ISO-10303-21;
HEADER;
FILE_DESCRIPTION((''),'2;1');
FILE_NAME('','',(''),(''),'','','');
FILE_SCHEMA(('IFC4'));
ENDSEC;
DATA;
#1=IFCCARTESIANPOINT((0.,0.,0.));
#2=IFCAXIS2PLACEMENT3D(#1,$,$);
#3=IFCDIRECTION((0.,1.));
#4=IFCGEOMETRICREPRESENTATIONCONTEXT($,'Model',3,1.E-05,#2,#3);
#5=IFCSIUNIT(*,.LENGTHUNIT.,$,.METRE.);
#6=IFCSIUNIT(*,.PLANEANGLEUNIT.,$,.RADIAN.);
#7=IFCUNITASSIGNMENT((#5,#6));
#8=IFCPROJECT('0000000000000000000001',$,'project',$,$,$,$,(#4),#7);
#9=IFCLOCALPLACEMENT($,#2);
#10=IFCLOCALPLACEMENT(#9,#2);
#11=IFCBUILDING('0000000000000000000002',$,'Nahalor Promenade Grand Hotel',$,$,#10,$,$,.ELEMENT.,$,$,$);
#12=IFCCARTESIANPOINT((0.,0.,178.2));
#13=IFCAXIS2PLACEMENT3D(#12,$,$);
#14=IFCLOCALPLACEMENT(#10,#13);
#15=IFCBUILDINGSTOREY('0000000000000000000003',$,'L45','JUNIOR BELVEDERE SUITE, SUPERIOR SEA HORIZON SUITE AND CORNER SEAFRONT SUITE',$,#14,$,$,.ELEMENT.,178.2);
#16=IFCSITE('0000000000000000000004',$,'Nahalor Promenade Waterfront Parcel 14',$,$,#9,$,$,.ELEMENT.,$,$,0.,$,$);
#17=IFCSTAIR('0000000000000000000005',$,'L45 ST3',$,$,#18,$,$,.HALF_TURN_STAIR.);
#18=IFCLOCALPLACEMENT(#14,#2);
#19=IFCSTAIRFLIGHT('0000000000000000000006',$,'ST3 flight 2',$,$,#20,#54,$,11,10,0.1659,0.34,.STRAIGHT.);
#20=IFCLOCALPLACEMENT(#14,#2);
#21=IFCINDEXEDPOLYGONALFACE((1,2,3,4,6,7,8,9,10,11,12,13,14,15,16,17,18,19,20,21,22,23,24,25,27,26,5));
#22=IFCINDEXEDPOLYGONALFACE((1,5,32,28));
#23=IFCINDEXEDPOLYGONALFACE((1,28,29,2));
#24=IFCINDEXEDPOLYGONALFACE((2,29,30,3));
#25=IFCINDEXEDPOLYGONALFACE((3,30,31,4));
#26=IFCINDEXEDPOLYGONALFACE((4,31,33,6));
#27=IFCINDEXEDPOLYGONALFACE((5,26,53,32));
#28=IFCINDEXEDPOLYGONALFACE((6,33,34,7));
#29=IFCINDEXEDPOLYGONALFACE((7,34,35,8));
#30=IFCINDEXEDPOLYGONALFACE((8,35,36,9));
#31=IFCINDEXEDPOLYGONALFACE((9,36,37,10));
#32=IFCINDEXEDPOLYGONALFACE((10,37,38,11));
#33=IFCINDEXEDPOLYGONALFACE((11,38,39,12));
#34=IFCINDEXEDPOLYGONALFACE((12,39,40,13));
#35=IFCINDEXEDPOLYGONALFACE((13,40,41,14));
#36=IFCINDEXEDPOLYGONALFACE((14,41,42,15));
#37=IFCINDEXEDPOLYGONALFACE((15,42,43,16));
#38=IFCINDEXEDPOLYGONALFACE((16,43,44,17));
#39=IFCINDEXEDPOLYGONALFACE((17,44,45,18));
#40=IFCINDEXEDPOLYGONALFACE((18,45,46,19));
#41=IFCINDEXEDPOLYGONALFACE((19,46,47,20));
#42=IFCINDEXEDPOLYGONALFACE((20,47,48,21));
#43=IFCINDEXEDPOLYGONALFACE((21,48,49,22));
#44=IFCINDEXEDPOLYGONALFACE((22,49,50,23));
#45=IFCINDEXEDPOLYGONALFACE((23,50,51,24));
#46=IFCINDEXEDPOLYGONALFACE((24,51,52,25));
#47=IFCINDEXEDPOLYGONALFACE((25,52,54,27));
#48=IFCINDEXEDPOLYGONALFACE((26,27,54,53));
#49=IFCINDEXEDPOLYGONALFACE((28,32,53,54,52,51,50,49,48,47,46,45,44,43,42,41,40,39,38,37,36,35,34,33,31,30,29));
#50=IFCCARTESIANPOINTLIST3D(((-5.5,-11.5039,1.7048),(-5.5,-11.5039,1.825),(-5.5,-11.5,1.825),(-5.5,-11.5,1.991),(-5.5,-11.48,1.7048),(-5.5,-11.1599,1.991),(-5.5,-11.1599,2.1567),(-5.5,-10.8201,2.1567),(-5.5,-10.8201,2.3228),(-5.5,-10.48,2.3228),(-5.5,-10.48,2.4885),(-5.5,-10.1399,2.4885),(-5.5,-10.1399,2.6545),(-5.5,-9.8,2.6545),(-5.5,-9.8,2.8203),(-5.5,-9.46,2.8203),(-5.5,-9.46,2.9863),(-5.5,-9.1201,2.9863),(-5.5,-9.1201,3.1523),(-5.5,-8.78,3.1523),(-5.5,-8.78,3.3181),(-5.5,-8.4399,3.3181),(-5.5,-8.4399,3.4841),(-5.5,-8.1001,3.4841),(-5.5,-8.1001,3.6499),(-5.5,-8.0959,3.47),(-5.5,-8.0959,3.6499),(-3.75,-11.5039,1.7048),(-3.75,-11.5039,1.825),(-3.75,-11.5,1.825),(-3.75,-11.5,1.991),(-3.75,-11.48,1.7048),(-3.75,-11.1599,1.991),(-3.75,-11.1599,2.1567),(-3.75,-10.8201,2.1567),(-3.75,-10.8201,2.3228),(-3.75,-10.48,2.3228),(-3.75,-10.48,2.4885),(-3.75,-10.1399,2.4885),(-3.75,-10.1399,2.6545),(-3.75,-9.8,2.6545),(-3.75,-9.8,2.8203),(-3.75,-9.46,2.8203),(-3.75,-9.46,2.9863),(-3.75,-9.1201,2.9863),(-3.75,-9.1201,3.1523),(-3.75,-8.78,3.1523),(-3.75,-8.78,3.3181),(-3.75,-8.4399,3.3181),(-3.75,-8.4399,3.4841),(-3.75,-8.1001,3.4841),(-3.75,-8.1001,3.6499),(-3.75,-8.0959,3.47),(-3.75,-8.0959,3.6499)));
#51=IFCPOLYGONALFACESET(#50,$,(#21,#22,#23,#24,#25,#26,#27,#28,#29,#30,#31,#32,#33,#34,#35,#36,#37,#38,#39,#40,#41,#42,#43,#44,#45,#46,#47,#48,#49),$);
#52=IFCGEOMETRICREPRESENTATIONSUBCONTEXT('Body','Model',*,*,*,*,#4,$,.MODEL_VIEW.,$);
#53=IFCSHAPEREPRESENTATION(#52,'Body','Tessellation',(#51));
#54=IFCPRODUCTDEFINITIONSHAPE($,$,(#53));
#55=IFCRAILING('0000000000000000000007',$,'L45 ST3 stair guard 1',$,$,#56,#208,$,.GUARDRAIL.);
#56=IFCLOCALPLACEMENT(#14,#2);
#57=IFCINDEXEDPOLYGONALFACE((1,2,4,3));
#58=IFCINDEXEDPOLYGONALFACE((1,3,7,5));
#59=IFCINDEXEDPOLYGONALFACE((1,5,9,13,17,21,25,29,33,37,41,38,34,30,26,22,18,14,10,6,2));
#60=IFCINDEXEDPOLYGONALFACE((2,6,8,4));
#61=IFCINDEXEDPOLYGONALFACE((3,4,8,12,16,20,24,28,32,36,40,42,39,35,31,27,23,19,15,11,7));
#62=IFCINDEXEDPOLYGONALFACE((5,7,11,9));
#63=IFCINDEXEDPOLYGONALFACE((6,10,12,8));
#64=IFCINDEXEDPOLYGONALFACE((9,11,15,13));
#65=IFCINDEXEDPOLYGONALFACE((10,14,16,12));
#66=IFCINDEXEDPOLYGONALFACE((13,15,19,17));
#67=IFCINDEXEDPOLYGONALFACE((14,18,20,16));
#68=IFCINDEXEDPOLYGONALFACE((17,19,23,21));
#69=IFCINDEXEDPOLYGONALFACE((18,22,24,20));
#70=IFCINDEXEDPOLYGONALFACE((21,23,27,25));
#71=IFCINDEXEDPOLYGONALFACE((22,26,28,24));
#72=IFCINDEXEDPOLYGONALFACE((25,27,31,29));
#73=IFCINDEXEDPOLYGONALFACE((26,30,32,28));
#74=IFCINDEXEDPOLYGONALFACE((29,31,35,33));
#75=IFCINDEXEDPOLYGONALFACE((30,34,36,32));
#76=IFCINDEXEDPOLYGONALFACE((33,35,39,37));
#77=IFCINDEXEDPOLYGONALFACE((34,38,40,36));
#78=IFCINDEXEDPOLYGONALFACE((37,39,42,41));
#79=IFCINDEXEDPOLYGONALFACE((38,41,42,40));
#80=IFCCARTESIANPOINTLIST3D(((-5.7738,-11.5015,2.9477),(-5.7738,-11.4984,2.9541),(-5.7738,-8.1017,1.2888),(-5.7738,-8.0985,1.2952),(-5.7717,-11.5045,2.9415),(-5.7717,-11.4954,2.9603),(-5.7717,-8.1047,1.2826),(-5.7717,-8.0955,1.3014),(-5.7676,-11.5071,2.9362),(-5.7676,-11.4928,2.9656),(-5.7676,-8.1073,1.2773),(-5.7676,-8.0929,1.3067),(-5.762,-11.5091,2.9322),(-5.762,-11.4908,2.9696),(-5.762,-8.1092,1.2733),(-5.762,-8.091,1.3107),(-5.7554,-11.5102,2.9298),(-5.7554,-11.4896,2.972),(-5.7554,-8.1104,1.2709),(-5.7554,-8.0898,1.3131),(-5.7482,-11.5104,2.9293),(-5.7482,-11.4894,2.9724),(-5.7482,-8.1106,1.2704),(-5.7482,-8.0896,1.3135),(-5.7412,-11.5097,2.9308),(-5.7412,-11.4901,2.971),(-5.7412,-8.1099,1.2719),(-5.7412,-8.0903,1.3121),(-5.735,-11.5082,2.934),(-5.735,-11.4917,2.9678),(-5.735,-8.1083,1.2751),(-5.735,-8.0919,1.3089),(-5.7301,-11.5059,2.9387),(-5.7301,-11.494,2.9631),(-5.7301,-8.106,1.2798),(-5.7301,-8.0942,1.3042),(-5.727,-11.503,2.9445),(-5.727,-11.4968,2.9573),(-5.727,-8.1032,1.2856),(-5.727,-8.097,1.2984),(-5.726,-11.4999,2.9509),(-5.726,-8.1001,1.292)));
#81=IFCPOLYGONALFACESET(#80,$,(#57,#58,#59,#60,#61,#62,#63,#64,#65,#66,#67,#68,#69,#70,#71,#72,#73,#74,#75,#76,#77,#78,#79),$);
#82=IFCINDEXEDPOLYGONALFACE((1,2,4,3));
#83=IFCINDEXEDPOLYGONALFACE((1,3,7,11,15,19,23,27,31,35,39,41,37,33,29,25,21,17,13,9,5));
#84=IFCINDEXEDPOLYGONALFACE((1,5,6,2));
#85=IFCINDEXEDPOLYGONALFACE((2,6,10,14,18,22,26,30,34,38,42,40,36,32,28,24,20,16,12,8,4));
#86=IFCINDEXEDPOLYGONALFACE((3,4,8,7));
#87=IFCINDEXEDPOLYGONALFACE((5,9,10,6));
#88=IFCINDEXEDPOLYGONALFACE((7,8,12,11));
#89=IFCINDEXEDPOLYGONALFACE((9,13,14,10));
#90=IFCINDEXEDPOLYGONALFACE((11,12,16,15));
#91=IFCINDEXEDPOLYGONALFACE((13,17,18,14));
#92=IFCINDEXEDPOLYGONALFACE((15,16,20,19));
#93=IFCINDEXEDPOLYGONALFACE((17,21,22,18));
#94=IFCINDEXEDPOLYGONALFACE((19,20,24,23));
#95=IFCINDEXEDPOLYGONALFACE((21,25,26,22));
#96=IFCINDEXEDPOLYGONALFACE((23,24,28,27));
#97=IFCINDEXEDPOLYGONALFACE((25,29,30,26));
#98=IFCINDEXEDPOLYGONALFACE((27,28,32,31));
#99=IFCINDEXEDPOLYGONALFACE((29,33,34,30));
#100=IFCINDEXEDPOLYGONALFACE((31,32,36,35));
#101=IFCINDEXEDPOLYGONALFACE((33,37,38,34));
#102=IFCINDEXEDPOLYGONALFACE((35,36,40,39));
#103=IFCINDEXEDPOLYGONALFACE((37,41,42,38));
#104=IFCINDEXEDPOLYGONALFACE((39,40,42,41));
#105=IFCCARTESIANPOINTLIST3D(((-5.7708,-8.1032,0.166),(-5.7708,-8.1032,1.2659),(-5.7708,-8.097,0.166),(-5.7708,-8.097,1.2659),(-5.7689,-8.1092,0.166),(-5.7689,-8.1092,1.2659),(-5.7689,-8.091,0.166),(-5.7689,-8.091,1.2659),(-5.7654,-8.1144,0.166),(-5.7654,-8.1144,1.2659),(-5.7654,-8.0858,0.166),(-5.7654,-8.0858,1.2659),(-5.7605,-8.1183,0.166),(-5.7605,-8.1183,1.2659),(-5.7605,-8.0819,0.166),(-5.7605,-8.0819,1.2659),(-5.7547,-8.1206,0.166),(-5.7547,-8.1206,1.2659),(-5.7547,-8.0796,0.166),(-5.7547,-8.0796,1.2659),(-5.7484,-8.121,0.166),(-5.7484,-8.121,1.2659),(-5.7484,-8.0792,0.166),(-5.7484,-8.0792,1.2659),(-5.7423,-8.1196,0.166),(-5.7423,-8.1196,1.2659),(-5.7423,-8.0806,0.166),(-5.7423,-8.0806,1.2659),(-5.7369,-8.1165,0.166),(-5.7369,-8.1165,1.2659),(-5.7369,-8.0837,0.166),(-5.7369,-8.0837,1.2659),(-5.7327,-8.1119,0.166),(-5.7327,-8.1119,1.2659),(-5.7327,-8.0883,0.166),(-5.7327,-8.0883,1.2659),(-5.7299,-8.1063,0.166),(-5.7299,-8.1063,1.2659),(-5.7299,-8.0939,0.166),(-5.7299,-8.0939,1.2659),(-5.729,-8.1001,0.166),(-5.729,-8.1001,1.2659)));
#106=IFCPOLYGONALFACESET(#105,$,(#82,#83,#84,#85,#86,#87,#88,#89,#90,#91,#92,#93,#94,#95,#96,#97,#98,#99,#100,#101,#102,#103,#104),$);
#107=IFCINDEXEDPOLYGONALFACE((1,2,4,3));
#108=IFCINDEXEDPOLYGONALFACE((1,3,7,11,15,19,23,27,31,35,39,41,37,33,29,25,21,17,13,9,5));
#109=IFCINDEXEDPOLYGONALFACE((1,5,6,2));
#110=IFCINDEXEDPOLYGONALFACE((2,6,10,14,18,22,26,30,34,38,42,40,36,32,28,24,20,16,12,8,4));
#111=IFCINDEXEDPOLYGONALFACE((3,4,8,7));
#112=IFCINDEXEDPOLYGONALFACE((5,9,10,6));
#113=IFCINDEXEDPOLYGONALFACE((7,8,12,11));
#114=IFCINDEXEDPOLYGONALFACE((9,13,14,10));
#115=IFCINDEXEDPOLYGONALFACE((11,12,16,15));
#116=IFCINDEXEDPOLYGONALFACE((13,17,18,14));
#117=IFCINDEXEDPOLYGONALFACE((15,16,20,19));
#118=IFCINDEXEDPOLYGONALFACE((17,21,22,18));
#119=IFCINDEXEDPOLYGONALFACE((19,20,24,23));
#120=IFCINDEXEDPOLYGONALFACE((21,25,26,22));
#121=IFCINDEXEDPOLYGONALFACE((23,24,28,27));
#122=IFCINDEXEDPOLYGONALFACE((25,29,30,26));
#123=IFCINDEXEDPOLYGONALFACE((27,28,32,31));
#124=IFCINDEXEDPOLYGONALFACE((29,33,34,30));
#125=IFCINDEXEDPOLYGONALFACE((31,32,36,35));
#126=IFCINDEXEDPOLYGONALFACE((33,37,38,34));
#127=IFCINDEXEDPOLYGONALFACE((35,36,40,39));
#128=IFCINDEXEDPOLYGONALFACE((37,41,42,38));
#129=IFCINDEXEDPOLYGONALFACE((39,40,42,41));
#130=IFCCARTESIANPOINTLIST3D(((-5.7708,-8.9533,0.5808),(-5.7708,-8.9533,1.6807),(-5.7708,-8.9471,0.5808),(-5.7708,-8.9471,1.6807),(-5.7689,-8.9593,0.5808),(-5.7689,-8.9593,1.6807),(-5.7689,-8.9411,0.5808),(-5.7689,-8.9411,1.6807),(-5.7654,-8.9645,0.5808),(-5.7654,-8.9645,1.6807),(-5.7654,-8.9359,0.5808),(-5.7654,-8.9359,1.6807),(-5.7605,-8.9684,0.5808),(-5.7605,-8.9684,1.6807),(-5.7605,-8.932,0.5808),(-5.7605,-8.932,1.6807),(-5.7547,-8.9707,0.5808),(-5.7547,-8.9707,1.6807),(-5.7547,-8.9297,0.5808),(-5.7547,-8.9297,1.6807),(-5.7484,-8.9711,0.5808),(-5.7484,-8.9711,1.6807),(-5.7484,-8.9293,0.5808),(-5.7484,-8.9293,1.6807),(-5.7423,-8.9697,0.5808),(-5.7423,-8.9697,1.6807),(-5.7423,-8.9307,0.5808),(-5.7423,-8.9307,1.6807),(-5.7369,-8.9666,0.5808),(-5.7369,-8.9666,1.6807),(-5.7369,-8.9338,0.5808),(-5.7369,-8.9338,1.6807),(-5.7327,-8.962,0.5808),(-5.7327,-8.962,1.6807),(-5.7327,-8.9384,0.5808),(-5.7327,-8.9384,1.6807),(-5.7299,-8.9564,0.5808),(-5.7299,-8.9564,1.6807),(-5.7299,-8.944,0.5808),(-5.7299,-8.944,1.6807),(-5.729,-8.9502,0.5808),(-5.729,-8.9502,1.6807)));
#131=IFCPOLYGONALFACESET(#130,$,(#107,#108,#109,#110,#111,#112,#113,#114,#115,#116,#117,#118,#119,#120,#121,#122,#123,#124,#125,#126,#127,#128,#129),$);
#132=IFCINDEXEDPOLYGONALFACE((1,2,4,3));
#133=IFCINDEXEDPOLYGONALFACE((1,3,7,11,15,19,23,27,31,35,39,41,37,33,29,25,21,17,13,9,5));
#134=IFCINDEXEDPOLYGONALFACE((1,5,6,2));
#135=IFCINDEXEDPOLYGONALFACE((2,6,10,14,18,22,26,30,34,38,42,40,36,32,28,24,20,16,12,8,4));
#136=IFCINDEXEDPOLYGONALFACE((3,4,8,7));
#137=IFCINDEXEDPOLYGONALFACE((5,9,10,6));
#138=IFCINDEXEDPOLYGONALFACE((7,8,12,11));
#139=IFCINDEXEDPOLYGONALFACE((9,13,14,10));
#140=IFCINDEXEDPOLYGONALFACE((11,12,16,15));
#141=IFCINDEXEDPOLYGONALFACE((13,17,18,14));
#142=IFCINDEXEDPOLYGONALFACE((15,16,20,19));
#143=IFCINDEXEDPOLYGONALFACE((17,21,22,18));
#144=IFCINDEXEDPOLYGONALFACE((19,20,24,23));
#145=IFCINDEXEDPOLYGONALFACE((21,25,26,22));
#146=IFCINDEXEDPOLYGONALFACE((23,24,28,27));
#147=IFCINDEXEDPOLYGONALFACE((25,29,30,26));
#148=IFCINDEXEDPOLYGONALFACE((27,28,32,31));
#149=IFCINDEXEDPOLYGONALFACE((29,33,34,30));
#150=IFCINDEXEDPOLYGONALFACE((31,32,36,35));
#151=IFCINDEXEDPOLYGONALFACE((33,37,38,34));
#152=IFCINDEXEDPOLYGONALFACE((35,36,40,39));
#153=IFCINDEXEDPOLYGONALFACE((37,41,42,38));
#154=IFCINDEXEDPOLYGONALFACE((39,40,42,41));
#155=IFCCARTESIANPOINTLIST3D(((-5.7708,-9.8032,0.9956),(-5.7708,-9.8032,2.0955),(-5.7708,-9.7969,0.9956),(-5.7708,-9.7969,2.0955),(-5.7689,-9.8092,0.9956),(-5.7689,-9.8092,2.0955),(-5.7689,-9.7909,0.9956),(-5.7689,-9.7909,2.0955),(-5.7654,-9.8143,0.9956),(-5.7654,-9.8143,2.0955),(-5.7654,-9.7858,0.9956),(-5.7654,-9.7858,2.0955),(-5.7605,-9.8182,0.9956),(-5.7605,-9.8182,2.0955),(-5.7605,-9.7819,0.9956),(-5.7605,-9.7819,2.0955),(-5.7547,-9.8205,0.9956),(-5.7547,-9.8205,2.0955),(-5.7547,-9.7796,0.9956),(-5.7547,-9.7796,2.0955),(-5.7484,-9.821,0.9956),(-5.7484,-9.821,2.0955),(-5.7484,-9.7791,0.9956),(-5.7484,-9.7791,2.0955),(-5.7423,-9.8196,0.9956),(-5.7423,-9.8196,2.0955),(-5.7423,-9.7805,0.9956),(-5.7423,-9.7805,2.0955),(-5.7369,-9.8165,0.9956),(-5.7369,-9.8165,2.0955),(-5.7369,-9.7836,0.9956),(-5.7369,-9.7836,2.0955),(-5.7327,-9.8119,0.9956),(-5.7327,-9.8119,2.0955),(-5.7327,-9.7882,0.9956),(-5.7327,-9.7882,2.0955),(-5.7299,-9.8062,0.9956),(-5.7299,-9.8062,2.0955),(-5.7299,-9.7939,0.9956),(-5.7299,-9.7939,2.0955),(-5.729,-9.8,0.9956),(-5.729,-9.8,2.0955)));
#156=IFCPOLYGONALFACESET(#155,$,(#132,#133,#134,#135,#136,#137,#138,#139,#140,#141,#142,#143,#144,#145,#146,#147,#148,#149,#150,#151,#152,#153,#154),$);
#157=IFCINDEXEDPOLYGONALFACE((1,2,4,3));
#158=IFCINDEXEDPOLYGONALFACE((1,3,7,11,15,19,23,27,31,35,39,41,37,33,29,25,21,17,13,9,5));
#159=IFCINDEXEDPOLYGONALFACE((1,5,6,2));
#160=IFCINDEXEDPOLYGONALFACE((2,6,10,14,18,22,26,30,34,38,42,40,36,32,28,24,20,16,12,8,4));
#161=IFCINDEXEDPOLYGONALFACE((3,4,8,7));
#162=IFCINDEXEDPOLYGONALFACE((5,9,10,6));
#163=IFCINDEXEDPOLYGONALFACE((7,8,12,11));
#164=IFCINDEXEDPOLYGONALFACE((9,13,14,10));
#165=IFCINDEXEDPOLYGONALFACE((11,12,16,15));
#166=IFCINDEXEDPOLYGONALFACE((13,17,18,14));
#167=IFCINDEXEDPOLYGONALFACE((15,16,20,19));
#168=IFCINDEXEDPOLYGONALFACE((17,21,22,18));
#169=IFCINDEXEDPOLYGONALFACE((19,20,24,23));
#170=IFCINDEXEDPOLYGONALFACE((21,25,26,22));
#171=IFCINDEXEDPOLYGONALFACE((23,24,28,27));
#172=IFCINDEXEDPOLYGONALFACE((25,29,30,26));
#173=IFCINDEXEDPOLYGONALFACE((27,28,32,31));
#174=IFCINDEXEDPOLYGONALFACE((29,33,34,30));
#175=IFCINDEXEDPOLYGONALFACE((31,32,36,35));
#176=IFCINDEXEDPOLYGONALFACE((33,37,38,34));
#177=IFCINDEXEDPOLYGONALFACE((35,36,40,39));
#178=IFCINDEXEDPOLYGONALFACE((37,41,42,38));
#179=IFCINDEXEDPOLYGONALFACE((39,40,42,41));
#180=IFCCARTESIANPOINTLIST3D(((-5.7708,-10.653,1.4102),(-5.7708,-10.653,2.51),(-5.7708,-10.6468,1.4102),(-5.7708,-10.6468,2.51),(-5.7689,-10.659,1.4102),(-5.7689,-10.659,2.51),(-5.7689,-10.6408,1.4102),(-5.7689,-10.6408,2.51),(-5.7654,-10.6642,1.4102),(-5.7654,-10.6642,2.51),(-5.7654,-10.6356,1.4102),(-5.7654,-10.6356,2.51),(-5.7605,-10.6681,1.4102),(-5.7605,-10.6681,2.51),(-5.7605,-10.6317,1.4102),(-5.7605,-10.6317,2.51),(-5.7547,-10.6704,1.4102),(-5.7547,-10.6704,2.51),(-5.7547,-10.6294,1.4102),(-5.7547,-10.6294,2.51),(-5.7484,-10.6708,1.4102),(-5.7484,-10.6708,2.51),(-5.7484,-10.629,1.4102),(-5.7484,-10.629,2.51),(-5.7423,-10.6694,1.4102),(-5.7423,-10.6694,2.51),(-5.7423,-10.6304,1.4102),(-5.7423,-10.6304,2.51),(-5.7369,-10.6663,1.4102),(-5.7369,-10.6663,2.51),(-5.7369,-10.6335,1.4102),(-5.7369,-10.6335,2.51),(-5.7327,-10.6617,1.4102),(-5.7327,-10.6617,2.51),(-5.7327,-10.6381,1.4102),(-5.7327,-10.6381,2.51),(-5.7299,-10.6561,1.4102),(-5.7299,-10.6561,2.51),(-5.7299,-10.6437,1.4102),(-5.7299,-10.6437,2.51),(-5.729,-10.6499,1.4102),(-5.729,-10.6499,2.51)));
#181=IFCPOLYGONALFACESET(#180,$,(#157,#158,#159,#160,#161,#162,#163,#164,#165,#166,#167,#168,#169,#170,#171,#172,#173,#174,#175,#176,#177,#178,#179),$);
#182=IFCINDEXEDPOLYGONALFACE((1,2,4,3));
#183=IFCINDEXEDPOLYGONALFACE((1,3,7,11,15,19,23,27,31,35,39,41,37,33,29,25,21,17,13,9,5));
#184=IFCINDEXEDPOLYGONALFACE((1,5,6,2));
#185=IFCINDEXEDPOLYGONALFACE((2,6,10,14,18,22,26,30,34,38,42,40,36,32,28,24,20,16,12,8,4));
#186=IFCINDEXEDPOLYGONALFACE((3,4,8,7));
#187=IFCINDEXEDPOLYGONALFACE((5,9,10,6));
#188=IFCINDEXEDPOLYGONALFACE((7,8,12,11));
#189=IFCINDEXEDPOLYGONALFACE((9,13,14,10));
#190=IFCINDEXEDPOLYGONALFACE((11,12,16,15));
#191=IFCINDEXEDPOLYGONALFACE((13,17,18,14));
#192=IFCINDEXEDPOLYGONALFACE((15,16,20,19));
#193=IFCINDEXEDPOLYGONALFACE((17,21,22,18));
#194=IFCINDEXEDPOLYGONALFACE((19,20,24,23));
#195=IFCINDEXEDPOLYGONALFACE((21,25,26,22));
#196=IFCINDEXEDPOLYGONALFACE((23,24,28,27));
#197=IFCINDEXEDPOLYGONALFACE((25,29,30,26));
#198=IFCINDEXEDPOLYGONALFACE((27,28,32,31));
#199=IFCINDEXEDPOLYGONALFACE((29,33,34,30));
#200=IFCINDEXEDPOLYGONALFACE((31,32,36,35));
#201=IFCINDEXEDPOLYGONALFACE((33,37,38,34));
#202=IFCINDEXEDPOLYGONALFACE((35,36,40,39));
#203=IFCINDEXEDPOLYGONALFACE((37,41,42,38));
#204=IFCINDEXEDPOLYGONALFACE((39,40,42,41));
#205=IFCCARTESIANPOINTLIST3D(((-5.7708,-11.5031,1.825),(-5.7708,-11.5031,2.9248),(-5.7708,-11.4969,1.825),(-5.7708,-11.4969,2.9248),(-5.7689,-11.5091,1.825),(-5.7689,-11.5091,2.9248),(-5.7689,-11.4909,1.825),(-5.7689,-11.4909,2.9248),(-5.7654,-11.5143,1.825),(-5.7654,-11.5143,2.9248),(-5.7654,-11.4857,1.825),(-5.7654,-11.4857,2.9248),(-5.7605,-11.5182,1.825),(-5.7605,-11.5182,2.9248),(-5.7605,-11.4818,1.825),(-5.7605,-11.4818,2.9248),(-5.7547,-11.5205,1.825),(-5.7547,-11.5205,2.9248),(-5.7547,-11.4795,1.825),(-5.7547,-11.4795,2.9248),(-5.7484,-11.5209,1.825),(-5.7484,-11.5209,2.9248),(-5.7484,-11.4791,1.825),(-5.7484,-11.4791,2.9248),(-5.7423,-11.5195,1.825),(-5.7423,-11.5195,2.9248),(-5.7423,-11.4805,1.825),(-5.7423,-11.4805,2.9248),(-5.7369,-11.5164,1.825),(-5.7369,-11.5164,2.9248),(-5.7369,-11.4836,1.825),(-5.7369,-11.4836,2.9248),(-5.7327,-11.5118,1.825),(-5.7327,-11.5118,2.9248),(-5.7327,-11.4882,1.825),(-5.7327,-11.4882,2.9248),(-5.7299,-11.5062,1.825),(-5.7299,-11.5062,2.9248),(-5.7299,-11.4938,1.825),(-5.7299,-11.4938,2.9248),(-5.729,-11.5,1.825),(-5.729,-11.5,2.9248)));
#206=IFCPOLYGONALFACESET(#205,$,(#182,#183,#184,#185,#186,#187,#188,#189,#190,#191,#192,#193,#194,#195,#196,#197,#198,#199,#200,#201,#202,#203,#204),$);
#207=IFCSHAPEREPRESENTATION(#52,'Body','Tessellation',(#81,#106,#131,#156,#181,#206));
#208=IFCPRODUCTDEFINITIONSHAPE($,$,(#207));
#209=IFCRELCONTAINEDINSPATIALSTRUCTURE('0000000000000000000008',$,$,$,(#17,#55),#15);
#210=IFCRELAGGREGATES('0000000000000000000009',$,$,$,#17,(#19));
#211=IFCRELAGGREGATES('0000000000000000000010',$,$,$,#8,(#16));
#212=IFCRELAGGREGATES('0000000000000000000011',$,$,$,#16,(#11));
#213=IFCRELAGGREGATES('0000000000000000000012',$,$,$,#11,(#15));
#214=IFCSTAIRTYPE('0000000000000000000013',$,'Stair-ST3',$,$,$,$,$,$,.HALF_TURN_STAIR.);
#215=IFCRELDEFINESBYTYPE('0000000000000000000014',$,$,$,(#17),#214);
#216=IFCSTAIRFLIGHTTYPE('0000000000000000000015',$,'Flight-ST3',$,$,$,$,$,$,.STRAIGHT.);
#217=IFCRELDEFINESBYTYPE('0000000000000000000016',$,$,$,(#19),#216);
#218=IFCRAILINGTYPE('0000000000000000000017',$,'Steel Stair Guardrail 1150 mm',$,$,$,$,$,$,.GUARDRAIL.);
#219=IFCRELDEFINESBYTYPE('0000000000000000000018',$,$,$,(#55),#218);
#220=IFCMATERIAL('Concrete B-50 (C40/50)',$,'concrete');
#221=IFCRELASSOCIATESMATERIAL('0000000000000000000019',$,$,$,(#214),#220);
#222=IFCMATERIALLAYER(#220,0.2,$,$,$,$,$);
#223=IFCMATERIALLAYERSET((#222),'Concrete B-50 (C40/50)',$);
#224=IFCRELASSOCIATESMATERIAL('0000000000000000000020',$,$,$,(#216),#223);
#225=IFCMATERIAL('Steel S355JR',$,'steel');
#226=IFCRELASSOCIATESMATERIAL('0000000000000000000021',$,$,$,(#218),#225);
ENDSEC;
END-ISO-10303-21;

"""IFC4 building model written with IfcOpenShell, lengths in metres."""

from ifc_helpers import new_model, si_unit, direction, frame, origin, origin_2d, place, context, subcontext, project, spatial, polyline, circle, outline, extrude, source, transform, mapped, material, layer, layer_set, type_object, element, aggregate, save


model = new_model("IFC4")

# Units and contexts
model_context = context("Model", 3, precision=1e-05, world=origin(), true_north=direction((0.0, 1.0)))
body_context = subcontext(model_context, "Body", "Model", "MODEL_VIEW")
ifc_project = project(units=[si_unit("LENGTHUNIT", "METRE"), si_unit("PLANEANGLEUNIT", "RADIAN")], contexts=[model_context])

# Site, building, storey
site_placement = place(None, origin())
site = spatial("IfcSite", under=ifc_project, at=site_placement, Name="Nahalor Promenade Waterfront Parcel 14", CompositionType="ELEMENT", RefElevation=0.0)
building_placement = place(site_placement, origin())
building = spatial("IfcBuilding", under=site, at=building_placement, Name="Nahalor Promenade Grand Hotel", CompositionType="ELEMENT")
storey_placement = place(building_placement, frame((0.0, 0.0, 178.2)))
storey = spatial("IfcBuildingStorey", under=building, at=storey_placement, Name="L45", Description="JUNIOR BELVEDERE SUITE, SUPERIOR SEA HORIZON SUITE AND CORNER SEAFRONT SUITE", CompositionType="ELEMENT", Elevation=178.2)

# Shared definitions
ifc_material_1 = material(Name="Steel S355JR", Category="steel")

# Shared definitions
ifc_material_2 = material(Name="Concrete B-50 (C40/50)", Category="concrete")

# Stair, stair flight
stair_type = type_object("IfcStairType", Name="Stair-ST3", PredefinedType="HALF_TURN_STAIR", material=ifc_material_2)
stair_placement = place(storey_placement, origin())
stair = element("IfcStair", 1, at=stair_placement, inside=storey, type_object=stair_type, Name="L45 ST3", PredefinedType="HALF_TURN_STAIR")
ifc_layer_1 = layer(ifc_material_2, 0.2)
ifc_layer_set_1 = layer_set([ifc_layer_1], Name="Concrete B-50 (C40/50)")
stair_flight_type = type_object("IfcStairFlightType", Name="Flight-ST3", PredefinedType="STRAIGHT", material=ifc_layer_set_1)
shared_shape_1 = source(origin(), body_context, "Body", "SweptSolid", [
    extrude(outline(polyline([(-0.0039, -0.1201), (-0.0039, 0.0), (0.0, 0.0), (0.0, 0.166), (0.3401, 0.166), (0.3401, 0.3318), (0.6799, 0.3318), (0.6799, 0.4978), (1.02, 0.4978), (1.02, 0.6636), (1.3601, 0.6636), (1.3601, 0.8296), (1.7, 0.8296), (1.7, 0.9954), (2.04, 0.9954), (2.04, 1.1614), (2.3799, 1.1614), (2.3799, 1.3274), (2.72, 1.3274), (2.72, 1.4932), (3.0601, 1.4932), (3.0601, 1.6592), (3.3999, 1.6592), (3.3999, 1.825), (3.4041, 1.825), (3.4041, 1.645), (0.02, -0.1201), (-0.0039, -0.1201)])), frame((0.0, 0.875, 0.0), z_axis=(0.0, -1.0, 0.0), x_axis=(1.0, 0.0, 0.0)), (0.0, 0.0, 1.0), 1.75),
])
stair_flight_1_placement = place(storey_placement, frame((-4.625, -11.5, 1.825), z_axis=(0.0, 0.0, 1.0), x_axis=(0.0, 1.0, 0.0)))
stair_flight_1 = element("IfcStairFlight", 2, at=stair_flight_1_placement, type_object=stair_flight_type, Name="ST3 flight 2", NumberOfRisers=11, NumberOfTreads=10, PredefinedType="STRAIGHT", RiserHeight=0.1659, TreadLength=0.34, context=body_context, shape_type="MappedRepresentation", body=[
    mapped(shared_shape_1, transform((0.0, 0.0, 0.0), scale=1.0)),
])
aggregate(stair, [stair_flight_1])

# Railing
railing_type_1 = type_object("IfcRailingType", Name="Steel Stair Guardrail 1150 mm", PredefinedType="GUARDRAIL", material=ifc_material_1)
railing_1_placement = place(storey_placement, frame((-5.75, -8.1001, 0.166)))
element("IfcRailing", 3, at=railing_1_placement, inside=storey, type_object=railing_type_1, Name="L45 ST3 stair guard 1", PredefinedType="GUARDRAIL", context=body_context, shape_type="SweptSolid", body=[
    extrude(circle(Radius=0.024, at=origin_2d()), frame((0.0, 0.0, 1.126), z_axis=(0.0, -0.898722, 0.438519), x_axis=(1.0, 0.0, 0.0)), (0.0, 0.0, 1.0), 3.783),
    extrude(circle(Radius=0.021, at=origin_2d()), origin(), (0.0, 0.0, 1.0), 1.0999),
    extrude(circle(Radius=0.021, at=origin_2d()), frame((0.0, -0.8501, 0.4148)), (0.0, 0.0, 1.0), 1.0999),
    extrude(circle(Radius=0.021, at=origin_2d()), frame((0.0, -1.7, 0.8296)), (0.0, 0.0, 1.0), 1.0999),
    extrude(circle(Radius=0.021, at=origin_2d()), frame((0.0, -2.5498, 1.2441)), (0.0, 0.0, 1.0), 1.0999),
    extrude(circle(Radius=0.021, at=origin_2d()), frame((0.0, -3.3999, 1.6589)), (0.0, 0.0, 1.0), 1.0999),
])

save(model, "model.ifc")
